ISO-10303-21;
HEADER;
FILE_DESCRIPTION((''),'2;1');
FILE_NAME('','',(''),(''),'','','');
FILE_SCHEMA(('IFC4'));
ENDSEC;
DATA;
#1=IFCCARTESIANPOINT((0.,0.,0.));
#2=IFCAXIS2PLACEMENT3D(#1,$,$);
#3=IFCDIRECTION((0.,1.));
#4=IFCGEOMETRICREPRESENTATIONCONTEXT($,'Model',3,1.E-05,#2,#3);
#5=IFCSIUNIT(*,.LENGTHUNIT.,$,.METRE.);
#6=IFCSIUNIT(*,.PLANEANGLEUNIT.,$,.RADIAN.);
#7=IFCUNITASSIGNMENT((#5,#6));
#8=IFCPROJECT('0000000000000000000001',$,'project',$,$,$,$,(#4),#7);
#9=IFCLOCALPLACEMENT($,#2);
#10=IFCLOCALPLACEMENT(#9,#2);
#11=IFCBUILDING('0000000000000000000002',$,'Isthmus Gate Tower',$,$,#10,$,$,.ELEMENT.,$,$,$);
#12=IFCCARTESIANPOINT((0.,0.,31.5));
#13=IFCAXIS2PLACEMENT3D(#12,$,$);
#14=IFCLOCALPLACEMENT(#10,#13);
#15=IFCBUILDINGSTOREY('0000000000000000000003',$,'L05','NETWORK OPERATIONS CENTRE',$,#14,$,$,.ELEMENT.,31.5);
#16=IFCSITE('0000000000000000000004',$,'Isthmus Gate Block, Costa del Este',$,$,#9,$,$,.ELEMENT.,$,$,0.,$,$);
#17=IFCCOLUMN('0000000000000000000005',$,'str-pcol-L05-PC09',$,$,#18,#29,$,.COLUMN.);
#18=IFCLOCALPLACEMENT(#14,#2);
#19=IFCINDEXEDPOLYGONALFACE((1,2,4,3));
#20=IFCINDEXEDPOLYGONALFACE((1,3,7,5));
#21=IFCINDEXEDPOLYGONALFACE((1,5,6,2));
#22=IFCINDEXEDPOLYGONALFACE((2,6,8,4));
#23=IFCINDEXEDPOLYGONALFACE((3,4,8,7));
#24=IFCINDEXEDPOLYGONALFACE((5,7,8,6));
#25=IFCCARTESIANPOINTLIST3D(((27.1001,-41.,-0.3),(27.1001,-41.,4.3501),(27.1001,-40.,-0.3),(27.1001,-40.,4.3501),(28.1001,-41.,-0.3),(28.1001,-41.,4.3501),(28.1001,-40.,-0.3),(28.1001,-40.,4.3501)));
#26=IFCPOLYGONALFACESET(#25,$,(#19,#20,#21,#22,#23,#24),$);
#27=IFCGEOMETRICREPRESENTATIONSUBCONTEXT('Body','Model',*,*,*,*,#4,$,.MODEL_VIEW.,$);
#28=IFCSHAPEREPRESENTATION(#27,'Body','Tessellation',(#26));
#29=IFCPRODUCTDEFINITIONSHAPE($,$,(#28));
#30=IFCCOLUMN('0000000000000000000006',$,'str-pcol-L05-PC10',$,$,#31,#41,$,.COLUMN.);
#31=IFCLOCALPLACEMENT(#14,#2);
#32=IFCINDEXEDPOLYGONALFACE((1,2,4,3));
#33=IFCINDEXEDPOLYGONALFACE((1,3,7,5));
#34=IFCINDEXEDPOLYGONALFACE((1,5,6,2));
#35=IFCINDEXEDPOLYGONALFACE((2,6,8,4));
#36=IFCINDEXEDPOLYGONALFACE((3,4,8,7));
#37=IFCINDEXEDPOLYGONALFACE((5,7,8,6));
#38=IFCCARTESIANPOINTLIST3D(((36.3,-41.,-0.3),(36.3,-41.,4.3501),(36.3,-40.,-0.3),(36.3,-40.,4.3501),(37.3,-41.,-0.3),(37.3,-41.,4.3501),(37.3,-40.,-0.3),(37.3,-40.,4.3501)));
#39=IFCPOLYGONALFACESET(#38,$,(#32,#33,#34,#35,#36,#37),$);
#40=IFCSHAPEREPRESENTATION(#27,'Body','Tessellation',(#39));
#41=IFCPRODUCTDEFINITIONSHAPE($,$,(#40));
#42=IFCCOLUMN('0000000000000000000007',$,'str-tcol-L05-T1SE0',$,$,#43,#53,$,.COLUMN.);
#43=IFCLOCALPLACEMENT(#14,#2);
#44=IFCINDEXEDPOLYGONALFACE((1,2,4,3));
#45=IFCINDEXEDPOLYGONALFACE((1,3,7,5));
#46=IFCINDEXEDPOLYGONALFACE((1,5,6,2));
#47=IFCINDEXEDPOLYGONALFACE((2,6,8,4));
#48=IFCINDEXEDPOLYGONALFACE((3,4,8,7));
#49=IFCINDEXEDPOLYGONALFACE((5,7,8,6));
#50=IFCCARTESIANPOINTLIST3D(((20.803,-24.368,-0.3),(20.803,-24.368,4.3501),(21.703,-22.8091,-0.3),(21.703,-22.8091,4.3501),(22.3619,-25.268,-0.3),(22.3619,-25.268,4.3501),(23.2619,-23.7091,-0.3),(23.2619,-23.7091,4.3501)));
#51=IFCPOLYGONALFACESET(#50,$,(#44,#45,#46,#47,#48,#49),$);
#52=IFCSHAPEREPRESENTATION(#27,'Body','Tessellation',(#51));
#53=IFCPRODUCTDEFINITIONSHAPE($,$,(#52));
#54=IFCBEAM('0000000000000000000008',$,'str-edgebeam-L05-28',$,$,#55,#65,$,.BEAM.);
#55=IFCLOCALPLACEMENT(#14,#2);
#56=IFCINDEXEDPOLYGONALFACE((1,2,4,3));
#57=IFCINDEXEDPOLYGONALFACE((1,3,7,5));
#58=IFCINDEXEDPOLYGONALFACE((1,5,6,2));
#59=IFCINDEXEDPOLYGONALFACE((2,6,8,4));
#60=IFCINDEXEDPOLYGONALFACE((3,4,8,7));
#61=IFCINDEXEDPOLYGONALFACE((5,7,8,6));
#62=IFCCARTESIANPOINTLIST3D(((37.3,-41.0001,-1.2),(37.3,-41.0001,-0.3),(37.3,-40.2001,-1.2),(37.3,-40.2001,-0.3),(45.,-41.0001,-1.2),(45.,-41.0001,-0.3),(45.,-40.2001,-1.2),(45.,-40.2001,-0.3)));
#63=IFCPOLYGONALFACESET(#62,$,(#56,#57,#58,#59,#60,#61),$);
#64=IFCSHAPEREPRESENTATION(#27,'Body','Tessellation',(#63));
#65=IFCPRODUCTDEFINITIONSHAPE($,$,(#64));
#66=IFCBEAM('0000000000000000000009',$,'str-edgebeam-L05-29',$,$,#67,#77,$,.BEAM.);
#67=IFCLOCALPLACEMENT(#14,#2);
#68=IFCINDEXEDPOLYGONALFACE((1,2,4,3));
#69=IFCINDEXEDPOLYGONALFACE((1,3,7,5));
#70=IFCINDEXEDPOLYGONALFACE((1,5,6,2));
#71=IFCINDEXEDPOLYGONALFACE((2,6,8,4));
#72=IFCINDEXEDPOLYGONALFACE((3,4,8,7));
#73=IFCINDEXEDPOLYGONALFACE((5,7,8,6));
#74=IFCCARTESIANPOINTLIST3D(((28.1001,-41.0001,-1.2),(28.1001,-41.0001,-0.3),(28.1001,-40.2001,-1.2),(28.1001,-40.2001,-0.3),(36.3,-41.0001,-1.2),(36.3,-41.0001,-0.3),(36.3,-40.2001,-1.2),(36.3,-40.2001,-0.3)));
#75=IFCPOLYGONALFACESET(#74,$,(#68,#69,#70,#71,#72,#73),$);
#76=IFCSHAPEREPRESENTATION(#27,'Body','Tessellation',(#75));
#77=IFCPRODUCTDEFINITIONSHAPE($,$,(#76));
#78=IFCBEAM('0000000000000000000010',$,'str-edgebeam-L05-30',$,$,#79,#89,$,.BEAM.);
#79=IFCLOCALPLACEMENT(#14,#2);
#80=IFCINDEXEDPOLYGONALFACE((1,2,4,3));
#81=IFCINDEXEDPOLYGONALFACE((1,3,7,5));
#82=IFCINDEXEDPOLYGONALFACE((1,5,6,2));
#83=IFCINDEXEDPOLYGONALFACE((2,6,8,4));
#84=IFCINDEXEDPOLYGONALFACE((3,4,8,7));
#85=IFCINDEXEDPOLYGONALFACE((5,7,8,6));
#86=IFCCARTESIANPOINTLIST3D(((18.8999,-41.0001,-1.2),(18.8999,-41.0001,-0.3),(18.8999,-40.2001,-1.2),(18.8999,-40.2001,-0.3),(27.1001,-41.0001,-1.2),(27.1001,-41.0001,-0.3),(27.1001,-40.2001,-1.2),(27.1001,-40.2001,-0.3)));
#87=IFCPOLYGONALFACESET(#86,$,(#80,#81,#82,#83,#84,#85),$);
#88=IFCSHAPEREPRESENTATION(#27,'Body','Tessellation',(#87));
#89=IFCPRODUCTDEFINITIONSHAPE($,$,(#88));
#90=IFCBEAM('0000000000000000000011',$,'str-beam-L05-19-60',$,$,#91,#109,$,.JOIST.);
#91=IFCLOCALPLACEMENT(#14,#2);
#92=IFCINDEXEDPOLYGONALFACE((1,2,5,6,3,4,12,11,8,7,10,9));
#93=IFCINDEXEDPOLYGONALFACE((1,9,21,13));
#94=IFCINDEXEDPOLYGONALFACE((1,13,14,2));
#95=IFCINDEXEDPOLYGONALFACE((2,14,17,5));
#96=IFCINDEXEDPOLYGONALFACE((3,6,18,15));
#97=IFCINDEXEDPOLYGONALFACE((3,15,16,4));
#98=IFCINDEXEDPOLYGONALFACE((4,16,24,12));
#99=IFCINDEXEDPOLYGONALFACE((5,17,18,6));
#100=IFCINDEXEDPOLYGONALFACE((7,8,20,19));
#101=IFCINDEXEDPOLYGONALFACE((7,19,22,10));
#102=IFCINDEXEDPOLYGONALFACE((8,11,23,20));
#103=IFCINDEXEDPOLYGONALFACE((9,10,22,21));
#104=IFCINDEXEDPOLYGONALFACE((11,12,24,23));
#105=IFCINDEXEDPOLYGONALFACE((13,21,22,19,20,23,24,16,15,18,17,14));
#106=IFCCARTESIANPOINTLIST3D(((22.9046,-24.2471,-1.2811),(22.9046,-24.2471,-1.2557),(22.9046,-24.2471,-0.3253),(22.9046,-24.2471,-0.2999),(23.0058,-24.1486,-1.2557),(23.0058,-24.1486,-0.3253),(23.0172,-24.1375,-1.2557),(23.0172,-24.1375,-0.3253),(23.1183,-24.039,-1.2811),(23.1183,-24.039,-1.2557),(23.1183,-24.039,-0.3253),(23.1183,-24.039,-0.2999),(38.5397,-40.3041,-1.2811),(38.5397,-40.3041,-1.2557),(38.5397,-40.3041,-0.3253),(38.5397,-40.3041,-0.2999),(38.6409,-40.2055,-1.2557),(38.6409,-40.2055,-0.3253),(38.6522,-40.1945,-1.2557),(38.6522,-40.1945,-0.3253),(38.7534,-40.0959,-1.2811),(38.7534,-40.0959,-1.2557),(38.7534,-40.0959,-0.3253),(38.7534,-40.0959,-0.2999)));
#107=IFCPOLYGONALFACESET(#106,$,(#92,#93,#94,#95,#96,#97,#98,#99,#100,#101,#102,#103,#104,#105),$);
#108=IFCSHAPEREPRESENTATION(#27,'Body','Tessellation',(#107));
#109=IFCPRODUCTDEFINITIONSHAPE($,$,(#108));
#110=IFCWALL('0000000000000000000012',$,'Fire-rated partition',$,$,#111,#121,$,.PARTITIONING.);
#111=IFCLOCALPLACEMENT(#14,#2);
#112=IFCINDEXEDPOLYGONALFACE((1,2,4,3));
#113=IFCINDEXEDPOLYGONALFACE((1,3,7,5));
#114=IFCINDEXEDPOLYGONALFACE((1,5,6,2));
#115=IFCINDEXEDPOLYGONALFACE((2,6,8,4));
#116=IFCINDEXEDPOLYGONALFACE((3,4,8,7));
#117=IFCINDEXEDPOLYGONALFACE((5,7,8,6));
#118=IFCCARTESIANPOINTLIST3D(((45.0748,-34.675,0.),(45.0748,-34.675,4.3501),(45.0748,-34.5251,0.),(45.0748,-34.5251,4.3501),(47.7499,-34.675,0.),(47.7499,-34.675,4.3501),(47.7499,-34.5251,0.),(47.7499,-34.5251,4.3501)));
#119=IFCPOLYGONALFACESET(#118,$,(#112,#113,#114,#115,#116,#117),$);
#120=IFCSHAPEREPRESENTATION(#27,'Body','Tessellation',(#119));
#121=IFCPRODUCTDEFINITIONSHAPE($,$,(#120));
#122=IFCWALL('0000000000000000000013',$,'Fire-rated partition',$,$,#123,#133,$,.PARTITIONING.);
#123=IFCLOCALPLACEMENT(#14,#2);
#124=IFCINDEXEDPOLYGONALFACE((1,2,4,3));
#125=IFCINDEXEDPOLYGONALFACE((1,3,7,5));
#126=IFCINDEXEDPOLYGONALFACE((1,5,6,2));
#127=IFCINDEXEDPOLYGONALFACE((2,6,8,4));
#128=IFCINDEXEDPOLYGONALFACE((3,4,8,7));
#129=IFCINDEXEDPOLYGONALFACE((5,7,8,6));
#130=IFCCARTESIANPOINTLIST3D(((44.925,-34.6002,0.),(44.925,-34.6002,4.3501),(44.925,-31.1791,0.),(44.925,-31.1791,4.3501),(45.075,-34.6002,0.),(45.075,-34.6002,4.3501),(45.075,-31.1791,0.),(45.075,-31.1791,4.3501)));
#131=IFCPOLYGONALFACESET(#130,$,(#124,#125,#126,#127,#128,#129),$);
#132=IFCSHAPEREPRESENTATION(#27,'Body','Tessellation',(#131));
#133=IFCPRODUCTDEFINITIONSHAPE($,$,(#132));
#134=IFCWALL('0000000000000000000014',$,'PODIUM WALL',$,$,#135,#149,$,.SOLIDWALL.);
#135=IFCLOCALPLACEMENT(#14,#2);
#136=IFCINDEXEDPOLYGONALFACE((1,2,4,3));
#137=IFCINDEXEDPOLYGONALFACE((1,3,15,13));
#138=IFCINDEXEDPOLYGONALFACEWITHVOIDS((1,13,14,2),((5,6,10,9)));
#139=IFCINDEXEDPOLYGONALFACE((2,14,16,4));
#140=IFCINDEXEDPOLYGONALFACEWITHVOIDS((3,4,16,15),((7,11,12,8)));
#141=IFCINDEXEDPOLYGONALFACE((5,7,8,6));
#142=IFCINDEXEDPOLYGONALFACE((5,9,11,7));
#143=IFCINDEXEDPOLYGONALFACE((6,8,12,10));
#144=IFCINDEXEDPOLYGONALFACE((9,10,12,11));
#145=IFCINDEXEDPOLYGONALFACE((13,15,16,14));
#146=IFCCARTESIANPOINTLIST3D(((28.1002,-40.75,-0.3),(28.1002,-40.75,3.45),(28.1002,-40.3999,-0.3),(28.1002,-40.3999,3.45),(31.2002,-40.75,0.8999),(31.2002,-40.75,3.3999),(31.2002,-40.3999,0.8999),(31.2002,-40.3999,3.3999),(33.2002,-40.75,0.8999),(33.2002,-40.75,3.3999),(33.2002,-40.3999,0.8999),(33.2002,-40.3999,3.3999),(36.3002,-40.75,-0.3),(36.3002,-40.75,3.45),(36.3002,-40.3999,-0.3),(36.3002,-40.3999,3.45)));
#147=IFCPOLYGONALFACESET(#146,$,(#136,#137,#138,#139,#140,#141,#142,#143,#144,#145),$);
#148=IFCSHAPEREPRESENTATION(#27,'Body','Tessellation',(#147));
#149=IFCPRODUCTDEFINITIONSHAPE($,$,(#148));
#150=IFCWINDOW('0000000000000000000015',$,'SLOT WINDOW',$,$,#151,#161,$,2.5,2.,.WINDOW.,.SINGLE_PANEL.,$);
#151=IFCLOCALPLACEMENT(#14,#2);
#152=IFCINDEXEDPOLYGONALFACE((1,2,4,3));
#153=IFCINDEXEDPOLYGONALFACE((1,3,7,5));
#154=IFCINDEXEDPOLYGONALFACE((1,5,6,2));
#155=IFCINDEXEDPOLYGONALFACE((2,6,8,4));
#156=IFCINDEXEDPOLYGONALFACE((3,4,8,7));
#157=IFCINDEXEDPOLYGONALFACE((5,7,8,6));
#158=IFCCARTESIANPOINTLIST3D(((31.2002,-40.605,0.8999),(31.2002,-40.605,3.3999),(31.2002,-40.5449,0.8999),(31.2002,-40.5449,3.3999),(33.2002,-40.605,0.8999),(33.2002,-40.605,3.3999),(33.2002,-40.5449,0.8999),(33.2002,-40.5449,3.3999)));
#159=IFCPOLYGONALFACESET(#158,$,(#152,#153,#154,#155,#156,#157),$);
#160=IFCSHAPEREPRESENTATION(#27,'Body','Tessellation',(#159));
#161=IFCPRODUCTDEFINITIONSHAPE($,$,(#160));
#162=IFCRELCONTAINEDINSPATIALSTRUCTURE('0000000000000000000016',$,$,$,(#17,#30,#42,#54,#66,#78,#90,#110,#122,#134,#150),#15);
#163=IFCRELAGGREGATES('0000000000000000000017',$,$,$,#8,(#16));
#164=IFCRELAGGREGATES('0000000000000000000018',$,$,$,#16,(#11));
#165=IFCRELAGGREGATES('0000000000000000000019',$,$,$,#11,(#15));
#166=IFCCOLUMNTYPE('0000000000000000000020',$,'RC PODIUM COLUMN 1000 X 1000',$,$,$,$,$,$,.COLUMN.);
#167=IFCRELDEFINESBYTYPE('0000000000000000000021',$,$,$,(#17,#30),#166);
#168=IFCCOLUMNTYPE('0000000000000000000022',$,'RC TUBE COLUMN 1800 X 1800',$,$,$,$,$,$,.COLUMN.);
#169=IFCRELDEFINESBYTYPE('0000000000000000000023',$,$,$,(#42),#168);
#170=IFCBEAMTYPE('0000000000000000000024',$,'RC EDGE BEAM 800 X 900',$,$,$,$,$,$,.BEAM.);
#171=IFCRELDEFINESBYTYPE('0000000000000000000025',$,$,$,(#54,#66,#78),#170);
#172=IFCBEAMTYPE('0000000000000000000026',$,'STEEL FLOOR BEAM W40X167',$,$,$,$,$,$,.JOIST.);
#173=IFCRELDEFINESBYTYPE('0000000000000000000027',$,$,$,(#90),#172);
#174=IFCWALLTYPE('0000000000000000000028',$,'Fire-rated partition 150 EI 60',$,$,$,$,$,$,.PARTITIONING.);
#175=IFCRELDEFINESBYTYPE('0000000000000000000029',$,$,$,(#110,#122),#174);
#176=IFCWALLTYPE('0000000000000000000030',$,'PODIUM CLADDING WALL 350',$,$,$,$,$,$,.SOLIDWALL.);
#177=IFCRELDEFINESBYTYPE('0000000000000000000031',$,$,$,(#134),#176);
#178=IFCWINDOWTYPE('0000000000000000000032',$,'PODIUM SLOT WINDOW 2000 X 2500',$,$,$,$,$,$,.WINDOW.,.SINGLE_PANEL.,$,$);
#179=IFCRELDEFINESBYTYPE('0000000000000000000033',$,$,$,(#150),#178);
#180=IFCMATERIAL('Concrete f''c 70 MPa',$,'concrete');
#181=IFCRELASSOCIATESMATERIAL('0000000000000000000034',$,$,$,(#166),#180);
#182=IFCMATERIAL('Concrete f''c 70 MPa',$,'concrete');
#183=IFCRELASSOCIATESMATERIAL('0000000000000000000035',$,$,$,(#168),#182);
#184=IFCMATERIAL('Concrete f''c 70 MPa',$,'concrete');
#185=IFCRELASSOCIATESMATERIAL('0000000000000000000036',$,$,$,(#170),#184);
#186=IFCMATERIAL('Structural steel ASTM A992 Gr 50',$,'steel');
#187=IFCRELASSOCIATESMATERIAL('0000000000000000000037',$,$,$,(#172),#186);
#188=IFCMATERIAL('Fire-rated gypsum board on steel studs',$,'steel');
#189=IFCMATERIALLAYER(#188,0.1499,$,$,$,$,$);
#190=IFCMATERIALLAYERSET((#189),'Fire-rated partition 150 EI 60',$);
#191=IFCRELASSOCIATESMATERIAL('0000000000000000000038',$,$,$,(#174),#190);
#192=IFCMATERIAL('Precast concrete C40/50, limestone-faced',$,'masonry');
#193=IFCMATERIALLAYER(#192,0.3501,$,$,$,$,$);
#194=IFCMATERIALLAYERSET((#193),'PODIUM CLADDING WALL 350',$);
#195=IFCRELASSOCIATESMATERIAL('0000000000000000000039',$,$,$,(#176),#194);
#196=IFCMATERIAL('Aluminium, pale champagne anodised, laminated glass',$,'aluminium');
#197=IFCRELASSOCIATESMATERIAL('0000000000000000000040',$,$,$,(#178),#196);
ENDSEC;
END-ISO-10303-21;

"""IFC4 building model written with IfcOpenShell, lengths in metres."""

from ifc_helpers import new_model, si_unit, direction, frame, frame_2d, origin, origin_2d, place, context, subcontext, project, spatial, rectangle, i_section, extrude, material, layer, layer_set, material_profile, profile_set, type_object, element, fill, save


model = new_model("IFC4")

# Units and contexts
model_context = context("Model", 3, precision=1e-05, world=origin(), true_north=direction((0.0, 1.0)))
body_context = subcontext(model_context, "Body", "Model", "MODEL_VIEW")
ifc_project = project(units=[si_unit("LENGTHUNIT", "METRE"), si_unit("PLANEANGLEUNIT", "RADIAN")], contexts=[model_context])

# Site, building, storey
site_placement = place(None, origin())
site = spatial("IfcSite", under=ifc_project, at=site_placement, Name="Isthmus Gate Block, Costa del Este", CompositionType="ELEMENT", RefElevation=0.0)
building_placement = place(site_placement, origin())
building = spatial("IfcBuilding", under=site, at=building_placement, Name="Isthmus Gate Tower", CompositionType="ELEMENT")
storey_placement = place(building_placement, frame((0.0, 0.0, 31.5)))
storey = spatial("IfcBuildingStorey", under=building, at=storey_placement, Name="L05", Description="NETWORK OPERATIONS CENTRE", CompositionType="ELEMENT", Elevation=31.5)

# Columns
ifc_material_1 = material(Name="Concrete f'c 70 MPa", Category="concrete")
ifc_material_profile_1 = material_profile(ifc_material_1, rectangle(XDim=1.0, YDim=1.0, at=origin_2d()), Name="RC 1000X1000")
ifc_profile_set_1 = profile_set([ifc_material_profile_1], Name="Concrete f'c 70 MPa")
column_type_1 = type_object("IfcColumnType", Name="RC PODIUM COLUMN 1000 X 1000", PredefinedType="COLUMN", material=ifc_profile_set_1)
for number, where, z_axis, x_axis, name in (
    (1, (27.6001, -40.5, -0.3), (0.0, 0.0, 1.0), (1.0, 0.0, 0.0), "str-pcol-L05-PC09"),
    (2, (36.8, -40.5, -0.3), (0.0, 0.0, 1.0), (1.0, 0.0, 0.0), "str-pcol-L05-PC10"),
):
    element("IfcColumn", number, at=place(storey_placement, frame(where, z_axis=z_axis, x_axis=x_axis)), inside=storey, type_object=column_type_1, Name=name, PredefinedType="COLUMN", context=body_context, shape_type="SweptSolid", body=[
        extrude(rectangle(XDim=1.0, YDim=1.0, at=origin_2d()), origin(), (0.0, 0.0, 1.0), 4.6501),
    ])
ifc_material_2 = material(Name="Concrete f'c 70 MPa", Category="concrete")
ifc_material_profile_2 = material_profile(ifc_material_2, rectangle(XDim=1.8, YDim=1.8, at=origin_2d()), Name="RC 1800X1800")
ifc_profile_set_2 = profile_set([ifc_material_profile_2], Name="Concrete f'c 70 MPa")
column_type_2 = type_object("IfcColumnType", Name="RC TUBE COLUMN 1800 X 1800", PredefinedType="COLUMN", material=ifc_profile_set_2)
column_placement = place(storey_placement, frame((22.0325, -24.0386, -0.3), z_axis=(0.0, 0.0, 1.0), x_axis=(0.5, 0.866025, 0.0)))
element("IfcColumn", 3, at=column_placement, inside=storey, type_object=column_type_2, Name="str-tcol-L05-T1SE0", PredefinedType="COLUMN", context=body_context, shape_type="SweptSolid", body=[
    extrude(rectangle(XDim=1.8, YDim=1.8, at=origin_2d()), origin(), (0.0, 0.0, 1.0), 4.6501),
])

# Beams
ifc_material_3 = material(Name="Concrete f'c 70 MPa", Category="concrete")
ifc_material_profile_3 = material_profile(ifc_material_3, rectangle(XDim=0.8, YDim=0.8999, at=origin_2d()), Name="RC 800X900")
ifc_profile_set_3 = profile_set([ifc_material_profile_3], Name="Concrete f'c 70 MPa")
beam_type_1 = type_object("IfcBeamType", Name="RC EDGE BEAM 800 X 900", PredefinedType="BEAM", material=ifc_profile_set_3)
beam_1_placement = place(storey_placement, frame((45.0, -40.6001, -0.75), z_axis=(-1.0, 0.0, 0.0), x_axis=(0.0, -1.0, 0.0)))
element("IfcBeam", 4, at=beam_1_placement, inside=storey, type_object=beam_type_1, Name="str-edgebeam-L05-28", PredefinedType="BEAM", context=body_context, shape_type="SweptSolid", body=[
    extrude(rectangle(XDim=0.8, YDim=0.8999, at=origin_2d()), origin(), (0.0, 0.0, 1.0), 7.7),
])
beam_2_placement = place(storey_placement, frame((36.3, -40.6001, -0.75), z_axis=(-1.0, 0.0, 0.0), x_axis=(0.0, -1.0, 0.0)))
element("IfcBeam", 5, at=beam_2_placement, inside=storey, type_object=beam_type_1, Name="str-edgebeam-L05-29", PredefinedType="BEAM", context=body_context, shape_type="SweptSolid", body=[
    extrude(rectangle(XDim=0.8, YDim=0.8999, at=origin_2d()), origin(), (0.0, 0.0, 1.0), 8.2),
])
beam_3_placement = place(storey_placement, frame((27.1001, -40.6001, -0.75), z_axis=(-1.0, 0.0, 0.0), x_axis=(0.0, -1.0, 0.0)))
element("IfcBeam", 6, at=beam_3_placement, inside=storey, type_object=beam_type_1, Name="str-edgebeam-L05-30", PredefinedType="BEAM", context=body_context, shape_type="SweptSolid", body=[
    extrude(rectangle(XDim=0.8, YDim=0.8999, at=origin_2d()), origin(), (0.0, 0.0, 1.0), 8.2002),
])
ifc_material_4 = material(Name="Structural steel ASTM A992 Gr 50", Category="steel")
ifc_material_profile_4 = material_profile(ifc_material_4, i_section(OverallWidth=0.2983, OverallDepth=0.9812, WebThickness=0.0159, FlangeThickness=0.0254, at=origin_2d()), Name="W40X167")
ifc_profile_set_4 = profile_set([ifc_material_profile_4], Name="Structural steel ASTM A992 Gr 50")
beam_type_2 = type_object("IfcBeamType", Name="STEEL FLOOR BEAM W40X167", PredefinedType="JOIST", material=ifc_profile_set_4)
beam_4_placement = place(storey_placement, frame((23.0115, -24.1431, -0.7905), z_axis=(0.697632, -0.716456, 0.0), x_axis=(0.716456, 0.697632, 0.0)))
element("IfcBeam", 7, at=beam_4_placement, inside=storey, type_object=beam_type_2, Name="str-beam-L05-19-60", PredefinedType="JOIST", context=body_context, shape_type="SweptSolid", body=[
    extrude(i_section(OverallWidth=0.2983, OverallDepth=0.9812, WebThickness=0.0159, FlangeThickness=0.0254, at=origin_2d()), origin(), (0.0, 0.0, 1.0), 22.4116),
])

# Walls
ifc_material_5 = material(Name="Fire-rated gypsum board on steel studs", Category="steel")
ifc_layer_1 = layer(ifc_material_5, 0.1499)
ifc_layer_set_1 = layer_set([ifc_layer_1], Name="Fire-rated partition 150 EI 60")
wall_type_1 = type_object("IfcWallType", Name="Fire-rated partition 150 EI 60", PredefinedType="PARTITIONING", material=ifc_layer_set_1)
wall_1_placement = place(storey_placement, frame((45.075, -34.6001, 0.0), z_axis=(0.0, 0.0, 1.0), x_axis=(1.0, 0.0, 0.0)))
element("IfcWall", 8, at=wall_1_placement, inside=storey, type_object=wall_type_1, Name="Fire-rated partition", PredefinedType="PARTITIONING", context=body_context, shape_type="SweptSolid", body=[
    extrude(rectangle(XDim=2.675, YDim=0.1499, at=frame_2d((1.3374, 0.0))), origin(), (0.0, 0.0, 1.0), 4.3501),
])
wall_2_placement = place(storey_placement, frame((45.0, -34.6001, 0.0), z_axis=(0.0, 0.0, 1.0), x_axis=(0.0, 1.0, 0.0)))
element("IfcWall", 9, at=wall_2_placement, inside=storey, type_object=wall_type_1, Name="Fire-rated partition", PredefinedType="PARTITIONING", context=body_context, shape_type="SweptSolid", body=[
    extrude(rectangle(XDim=3.4211, YDim=0.1499, at=frame_2d((1.7104, 0.0))), origin(), (0.0, 0.0, 1.0), 4.3501),
])

# Wall, opening, window
ifc_material_6 = material(Name="Precast concrete C40/50, limestone-faced", Category="masonry")
ifc_layer_2 = layer(ifc_material_6, 0.3501)
ifc_layer_set_2 = layer_set([ifc_layer_2], Name="PODIUM CLADDING WALL 350")
wall_type_2 = type_object("IfcWallType", Name="PODIUM CLADDING WALL 350", PredefinedType="SOLIDWALL", material=ifc_layer_set_2)
wall_3_placement = place(storey_placement, frame((28.1001, -40.575, -0.3), z_axis=(0.0, 0.0, 1.0), x_axis=(1.0, 0.0, 0.0)))
wall_3 = element("IfcWall", 10, at=wall_3_placement, inside=storey, type_object=wall_type_2, Name="PODIUM WALL", PredefinedType="SOLIDWALL", context=body_context, shape_type="SweptSolid", body=[
    extrude(rectangle(XDim=8.2, YDim=0.3501, at=frame_2d((4.1001, 0.0))), origin(), (0.0, 0.0, 1.0), 3.75),
])
opening_1_placement = place(wall_3_placement, frame((3.1001, 0.0, 1.2)))
opening_1 = element("IfcOpeningElement", 11, at=opening_1_placement, cuts=wall_3, PredefinedType="OPENING", context=body_context, shape_type="SweptSolid", body=[
    extrude(rectangle(XDim=2.0, YDim=2.5, at=frame_2d((1.0, 1.25))), frame((0.0, 0.1851, 0.0), z_axis=(0.0, -1.0, 0.0), x_axis=(1.0, 0.0, 0.0)), (0.0, 0.0, 1.0), 0.3701),
])
ifc_material_7 = material(Name="Aluminium, pale champagne anodised, laminated glass", Category="aluminium")
window_type = type_object("IfcWindowType", Name="PODIUM SLOT WINDOW 2000 X 2500", PartitioningType="SINGLE_PANEL", PredefinedType="WINDOW", material=ifc_material_7)
window_1_placement = place(opening_1_placement, origin())
window_1 = element("IfcWindow", 12, at=window_1_placement, inside=storey, type_object=window_type, Name="SLOT WINDOW", OverallHeight=2.5, OverallWidth=2.0, PartitioningType="SINGLE_PANEL", PredefinedType="WINDOW", context=body_context, shape_type="SweptSolid", body=[
    extrude(rectangle(XDim=2.0, YDim=2.5, at=frame_2d((1.0, 1.25))), frame((0.0, 0.03, 0.0), z_axis=(0.0, -1.0, 0.0), x_axis=(1.0, 0.0, 0.0)), (0.0, 0.0, 1.0), 0.0601),
])
fill(opening_1, window_1)

save(model, "model.ifc")
